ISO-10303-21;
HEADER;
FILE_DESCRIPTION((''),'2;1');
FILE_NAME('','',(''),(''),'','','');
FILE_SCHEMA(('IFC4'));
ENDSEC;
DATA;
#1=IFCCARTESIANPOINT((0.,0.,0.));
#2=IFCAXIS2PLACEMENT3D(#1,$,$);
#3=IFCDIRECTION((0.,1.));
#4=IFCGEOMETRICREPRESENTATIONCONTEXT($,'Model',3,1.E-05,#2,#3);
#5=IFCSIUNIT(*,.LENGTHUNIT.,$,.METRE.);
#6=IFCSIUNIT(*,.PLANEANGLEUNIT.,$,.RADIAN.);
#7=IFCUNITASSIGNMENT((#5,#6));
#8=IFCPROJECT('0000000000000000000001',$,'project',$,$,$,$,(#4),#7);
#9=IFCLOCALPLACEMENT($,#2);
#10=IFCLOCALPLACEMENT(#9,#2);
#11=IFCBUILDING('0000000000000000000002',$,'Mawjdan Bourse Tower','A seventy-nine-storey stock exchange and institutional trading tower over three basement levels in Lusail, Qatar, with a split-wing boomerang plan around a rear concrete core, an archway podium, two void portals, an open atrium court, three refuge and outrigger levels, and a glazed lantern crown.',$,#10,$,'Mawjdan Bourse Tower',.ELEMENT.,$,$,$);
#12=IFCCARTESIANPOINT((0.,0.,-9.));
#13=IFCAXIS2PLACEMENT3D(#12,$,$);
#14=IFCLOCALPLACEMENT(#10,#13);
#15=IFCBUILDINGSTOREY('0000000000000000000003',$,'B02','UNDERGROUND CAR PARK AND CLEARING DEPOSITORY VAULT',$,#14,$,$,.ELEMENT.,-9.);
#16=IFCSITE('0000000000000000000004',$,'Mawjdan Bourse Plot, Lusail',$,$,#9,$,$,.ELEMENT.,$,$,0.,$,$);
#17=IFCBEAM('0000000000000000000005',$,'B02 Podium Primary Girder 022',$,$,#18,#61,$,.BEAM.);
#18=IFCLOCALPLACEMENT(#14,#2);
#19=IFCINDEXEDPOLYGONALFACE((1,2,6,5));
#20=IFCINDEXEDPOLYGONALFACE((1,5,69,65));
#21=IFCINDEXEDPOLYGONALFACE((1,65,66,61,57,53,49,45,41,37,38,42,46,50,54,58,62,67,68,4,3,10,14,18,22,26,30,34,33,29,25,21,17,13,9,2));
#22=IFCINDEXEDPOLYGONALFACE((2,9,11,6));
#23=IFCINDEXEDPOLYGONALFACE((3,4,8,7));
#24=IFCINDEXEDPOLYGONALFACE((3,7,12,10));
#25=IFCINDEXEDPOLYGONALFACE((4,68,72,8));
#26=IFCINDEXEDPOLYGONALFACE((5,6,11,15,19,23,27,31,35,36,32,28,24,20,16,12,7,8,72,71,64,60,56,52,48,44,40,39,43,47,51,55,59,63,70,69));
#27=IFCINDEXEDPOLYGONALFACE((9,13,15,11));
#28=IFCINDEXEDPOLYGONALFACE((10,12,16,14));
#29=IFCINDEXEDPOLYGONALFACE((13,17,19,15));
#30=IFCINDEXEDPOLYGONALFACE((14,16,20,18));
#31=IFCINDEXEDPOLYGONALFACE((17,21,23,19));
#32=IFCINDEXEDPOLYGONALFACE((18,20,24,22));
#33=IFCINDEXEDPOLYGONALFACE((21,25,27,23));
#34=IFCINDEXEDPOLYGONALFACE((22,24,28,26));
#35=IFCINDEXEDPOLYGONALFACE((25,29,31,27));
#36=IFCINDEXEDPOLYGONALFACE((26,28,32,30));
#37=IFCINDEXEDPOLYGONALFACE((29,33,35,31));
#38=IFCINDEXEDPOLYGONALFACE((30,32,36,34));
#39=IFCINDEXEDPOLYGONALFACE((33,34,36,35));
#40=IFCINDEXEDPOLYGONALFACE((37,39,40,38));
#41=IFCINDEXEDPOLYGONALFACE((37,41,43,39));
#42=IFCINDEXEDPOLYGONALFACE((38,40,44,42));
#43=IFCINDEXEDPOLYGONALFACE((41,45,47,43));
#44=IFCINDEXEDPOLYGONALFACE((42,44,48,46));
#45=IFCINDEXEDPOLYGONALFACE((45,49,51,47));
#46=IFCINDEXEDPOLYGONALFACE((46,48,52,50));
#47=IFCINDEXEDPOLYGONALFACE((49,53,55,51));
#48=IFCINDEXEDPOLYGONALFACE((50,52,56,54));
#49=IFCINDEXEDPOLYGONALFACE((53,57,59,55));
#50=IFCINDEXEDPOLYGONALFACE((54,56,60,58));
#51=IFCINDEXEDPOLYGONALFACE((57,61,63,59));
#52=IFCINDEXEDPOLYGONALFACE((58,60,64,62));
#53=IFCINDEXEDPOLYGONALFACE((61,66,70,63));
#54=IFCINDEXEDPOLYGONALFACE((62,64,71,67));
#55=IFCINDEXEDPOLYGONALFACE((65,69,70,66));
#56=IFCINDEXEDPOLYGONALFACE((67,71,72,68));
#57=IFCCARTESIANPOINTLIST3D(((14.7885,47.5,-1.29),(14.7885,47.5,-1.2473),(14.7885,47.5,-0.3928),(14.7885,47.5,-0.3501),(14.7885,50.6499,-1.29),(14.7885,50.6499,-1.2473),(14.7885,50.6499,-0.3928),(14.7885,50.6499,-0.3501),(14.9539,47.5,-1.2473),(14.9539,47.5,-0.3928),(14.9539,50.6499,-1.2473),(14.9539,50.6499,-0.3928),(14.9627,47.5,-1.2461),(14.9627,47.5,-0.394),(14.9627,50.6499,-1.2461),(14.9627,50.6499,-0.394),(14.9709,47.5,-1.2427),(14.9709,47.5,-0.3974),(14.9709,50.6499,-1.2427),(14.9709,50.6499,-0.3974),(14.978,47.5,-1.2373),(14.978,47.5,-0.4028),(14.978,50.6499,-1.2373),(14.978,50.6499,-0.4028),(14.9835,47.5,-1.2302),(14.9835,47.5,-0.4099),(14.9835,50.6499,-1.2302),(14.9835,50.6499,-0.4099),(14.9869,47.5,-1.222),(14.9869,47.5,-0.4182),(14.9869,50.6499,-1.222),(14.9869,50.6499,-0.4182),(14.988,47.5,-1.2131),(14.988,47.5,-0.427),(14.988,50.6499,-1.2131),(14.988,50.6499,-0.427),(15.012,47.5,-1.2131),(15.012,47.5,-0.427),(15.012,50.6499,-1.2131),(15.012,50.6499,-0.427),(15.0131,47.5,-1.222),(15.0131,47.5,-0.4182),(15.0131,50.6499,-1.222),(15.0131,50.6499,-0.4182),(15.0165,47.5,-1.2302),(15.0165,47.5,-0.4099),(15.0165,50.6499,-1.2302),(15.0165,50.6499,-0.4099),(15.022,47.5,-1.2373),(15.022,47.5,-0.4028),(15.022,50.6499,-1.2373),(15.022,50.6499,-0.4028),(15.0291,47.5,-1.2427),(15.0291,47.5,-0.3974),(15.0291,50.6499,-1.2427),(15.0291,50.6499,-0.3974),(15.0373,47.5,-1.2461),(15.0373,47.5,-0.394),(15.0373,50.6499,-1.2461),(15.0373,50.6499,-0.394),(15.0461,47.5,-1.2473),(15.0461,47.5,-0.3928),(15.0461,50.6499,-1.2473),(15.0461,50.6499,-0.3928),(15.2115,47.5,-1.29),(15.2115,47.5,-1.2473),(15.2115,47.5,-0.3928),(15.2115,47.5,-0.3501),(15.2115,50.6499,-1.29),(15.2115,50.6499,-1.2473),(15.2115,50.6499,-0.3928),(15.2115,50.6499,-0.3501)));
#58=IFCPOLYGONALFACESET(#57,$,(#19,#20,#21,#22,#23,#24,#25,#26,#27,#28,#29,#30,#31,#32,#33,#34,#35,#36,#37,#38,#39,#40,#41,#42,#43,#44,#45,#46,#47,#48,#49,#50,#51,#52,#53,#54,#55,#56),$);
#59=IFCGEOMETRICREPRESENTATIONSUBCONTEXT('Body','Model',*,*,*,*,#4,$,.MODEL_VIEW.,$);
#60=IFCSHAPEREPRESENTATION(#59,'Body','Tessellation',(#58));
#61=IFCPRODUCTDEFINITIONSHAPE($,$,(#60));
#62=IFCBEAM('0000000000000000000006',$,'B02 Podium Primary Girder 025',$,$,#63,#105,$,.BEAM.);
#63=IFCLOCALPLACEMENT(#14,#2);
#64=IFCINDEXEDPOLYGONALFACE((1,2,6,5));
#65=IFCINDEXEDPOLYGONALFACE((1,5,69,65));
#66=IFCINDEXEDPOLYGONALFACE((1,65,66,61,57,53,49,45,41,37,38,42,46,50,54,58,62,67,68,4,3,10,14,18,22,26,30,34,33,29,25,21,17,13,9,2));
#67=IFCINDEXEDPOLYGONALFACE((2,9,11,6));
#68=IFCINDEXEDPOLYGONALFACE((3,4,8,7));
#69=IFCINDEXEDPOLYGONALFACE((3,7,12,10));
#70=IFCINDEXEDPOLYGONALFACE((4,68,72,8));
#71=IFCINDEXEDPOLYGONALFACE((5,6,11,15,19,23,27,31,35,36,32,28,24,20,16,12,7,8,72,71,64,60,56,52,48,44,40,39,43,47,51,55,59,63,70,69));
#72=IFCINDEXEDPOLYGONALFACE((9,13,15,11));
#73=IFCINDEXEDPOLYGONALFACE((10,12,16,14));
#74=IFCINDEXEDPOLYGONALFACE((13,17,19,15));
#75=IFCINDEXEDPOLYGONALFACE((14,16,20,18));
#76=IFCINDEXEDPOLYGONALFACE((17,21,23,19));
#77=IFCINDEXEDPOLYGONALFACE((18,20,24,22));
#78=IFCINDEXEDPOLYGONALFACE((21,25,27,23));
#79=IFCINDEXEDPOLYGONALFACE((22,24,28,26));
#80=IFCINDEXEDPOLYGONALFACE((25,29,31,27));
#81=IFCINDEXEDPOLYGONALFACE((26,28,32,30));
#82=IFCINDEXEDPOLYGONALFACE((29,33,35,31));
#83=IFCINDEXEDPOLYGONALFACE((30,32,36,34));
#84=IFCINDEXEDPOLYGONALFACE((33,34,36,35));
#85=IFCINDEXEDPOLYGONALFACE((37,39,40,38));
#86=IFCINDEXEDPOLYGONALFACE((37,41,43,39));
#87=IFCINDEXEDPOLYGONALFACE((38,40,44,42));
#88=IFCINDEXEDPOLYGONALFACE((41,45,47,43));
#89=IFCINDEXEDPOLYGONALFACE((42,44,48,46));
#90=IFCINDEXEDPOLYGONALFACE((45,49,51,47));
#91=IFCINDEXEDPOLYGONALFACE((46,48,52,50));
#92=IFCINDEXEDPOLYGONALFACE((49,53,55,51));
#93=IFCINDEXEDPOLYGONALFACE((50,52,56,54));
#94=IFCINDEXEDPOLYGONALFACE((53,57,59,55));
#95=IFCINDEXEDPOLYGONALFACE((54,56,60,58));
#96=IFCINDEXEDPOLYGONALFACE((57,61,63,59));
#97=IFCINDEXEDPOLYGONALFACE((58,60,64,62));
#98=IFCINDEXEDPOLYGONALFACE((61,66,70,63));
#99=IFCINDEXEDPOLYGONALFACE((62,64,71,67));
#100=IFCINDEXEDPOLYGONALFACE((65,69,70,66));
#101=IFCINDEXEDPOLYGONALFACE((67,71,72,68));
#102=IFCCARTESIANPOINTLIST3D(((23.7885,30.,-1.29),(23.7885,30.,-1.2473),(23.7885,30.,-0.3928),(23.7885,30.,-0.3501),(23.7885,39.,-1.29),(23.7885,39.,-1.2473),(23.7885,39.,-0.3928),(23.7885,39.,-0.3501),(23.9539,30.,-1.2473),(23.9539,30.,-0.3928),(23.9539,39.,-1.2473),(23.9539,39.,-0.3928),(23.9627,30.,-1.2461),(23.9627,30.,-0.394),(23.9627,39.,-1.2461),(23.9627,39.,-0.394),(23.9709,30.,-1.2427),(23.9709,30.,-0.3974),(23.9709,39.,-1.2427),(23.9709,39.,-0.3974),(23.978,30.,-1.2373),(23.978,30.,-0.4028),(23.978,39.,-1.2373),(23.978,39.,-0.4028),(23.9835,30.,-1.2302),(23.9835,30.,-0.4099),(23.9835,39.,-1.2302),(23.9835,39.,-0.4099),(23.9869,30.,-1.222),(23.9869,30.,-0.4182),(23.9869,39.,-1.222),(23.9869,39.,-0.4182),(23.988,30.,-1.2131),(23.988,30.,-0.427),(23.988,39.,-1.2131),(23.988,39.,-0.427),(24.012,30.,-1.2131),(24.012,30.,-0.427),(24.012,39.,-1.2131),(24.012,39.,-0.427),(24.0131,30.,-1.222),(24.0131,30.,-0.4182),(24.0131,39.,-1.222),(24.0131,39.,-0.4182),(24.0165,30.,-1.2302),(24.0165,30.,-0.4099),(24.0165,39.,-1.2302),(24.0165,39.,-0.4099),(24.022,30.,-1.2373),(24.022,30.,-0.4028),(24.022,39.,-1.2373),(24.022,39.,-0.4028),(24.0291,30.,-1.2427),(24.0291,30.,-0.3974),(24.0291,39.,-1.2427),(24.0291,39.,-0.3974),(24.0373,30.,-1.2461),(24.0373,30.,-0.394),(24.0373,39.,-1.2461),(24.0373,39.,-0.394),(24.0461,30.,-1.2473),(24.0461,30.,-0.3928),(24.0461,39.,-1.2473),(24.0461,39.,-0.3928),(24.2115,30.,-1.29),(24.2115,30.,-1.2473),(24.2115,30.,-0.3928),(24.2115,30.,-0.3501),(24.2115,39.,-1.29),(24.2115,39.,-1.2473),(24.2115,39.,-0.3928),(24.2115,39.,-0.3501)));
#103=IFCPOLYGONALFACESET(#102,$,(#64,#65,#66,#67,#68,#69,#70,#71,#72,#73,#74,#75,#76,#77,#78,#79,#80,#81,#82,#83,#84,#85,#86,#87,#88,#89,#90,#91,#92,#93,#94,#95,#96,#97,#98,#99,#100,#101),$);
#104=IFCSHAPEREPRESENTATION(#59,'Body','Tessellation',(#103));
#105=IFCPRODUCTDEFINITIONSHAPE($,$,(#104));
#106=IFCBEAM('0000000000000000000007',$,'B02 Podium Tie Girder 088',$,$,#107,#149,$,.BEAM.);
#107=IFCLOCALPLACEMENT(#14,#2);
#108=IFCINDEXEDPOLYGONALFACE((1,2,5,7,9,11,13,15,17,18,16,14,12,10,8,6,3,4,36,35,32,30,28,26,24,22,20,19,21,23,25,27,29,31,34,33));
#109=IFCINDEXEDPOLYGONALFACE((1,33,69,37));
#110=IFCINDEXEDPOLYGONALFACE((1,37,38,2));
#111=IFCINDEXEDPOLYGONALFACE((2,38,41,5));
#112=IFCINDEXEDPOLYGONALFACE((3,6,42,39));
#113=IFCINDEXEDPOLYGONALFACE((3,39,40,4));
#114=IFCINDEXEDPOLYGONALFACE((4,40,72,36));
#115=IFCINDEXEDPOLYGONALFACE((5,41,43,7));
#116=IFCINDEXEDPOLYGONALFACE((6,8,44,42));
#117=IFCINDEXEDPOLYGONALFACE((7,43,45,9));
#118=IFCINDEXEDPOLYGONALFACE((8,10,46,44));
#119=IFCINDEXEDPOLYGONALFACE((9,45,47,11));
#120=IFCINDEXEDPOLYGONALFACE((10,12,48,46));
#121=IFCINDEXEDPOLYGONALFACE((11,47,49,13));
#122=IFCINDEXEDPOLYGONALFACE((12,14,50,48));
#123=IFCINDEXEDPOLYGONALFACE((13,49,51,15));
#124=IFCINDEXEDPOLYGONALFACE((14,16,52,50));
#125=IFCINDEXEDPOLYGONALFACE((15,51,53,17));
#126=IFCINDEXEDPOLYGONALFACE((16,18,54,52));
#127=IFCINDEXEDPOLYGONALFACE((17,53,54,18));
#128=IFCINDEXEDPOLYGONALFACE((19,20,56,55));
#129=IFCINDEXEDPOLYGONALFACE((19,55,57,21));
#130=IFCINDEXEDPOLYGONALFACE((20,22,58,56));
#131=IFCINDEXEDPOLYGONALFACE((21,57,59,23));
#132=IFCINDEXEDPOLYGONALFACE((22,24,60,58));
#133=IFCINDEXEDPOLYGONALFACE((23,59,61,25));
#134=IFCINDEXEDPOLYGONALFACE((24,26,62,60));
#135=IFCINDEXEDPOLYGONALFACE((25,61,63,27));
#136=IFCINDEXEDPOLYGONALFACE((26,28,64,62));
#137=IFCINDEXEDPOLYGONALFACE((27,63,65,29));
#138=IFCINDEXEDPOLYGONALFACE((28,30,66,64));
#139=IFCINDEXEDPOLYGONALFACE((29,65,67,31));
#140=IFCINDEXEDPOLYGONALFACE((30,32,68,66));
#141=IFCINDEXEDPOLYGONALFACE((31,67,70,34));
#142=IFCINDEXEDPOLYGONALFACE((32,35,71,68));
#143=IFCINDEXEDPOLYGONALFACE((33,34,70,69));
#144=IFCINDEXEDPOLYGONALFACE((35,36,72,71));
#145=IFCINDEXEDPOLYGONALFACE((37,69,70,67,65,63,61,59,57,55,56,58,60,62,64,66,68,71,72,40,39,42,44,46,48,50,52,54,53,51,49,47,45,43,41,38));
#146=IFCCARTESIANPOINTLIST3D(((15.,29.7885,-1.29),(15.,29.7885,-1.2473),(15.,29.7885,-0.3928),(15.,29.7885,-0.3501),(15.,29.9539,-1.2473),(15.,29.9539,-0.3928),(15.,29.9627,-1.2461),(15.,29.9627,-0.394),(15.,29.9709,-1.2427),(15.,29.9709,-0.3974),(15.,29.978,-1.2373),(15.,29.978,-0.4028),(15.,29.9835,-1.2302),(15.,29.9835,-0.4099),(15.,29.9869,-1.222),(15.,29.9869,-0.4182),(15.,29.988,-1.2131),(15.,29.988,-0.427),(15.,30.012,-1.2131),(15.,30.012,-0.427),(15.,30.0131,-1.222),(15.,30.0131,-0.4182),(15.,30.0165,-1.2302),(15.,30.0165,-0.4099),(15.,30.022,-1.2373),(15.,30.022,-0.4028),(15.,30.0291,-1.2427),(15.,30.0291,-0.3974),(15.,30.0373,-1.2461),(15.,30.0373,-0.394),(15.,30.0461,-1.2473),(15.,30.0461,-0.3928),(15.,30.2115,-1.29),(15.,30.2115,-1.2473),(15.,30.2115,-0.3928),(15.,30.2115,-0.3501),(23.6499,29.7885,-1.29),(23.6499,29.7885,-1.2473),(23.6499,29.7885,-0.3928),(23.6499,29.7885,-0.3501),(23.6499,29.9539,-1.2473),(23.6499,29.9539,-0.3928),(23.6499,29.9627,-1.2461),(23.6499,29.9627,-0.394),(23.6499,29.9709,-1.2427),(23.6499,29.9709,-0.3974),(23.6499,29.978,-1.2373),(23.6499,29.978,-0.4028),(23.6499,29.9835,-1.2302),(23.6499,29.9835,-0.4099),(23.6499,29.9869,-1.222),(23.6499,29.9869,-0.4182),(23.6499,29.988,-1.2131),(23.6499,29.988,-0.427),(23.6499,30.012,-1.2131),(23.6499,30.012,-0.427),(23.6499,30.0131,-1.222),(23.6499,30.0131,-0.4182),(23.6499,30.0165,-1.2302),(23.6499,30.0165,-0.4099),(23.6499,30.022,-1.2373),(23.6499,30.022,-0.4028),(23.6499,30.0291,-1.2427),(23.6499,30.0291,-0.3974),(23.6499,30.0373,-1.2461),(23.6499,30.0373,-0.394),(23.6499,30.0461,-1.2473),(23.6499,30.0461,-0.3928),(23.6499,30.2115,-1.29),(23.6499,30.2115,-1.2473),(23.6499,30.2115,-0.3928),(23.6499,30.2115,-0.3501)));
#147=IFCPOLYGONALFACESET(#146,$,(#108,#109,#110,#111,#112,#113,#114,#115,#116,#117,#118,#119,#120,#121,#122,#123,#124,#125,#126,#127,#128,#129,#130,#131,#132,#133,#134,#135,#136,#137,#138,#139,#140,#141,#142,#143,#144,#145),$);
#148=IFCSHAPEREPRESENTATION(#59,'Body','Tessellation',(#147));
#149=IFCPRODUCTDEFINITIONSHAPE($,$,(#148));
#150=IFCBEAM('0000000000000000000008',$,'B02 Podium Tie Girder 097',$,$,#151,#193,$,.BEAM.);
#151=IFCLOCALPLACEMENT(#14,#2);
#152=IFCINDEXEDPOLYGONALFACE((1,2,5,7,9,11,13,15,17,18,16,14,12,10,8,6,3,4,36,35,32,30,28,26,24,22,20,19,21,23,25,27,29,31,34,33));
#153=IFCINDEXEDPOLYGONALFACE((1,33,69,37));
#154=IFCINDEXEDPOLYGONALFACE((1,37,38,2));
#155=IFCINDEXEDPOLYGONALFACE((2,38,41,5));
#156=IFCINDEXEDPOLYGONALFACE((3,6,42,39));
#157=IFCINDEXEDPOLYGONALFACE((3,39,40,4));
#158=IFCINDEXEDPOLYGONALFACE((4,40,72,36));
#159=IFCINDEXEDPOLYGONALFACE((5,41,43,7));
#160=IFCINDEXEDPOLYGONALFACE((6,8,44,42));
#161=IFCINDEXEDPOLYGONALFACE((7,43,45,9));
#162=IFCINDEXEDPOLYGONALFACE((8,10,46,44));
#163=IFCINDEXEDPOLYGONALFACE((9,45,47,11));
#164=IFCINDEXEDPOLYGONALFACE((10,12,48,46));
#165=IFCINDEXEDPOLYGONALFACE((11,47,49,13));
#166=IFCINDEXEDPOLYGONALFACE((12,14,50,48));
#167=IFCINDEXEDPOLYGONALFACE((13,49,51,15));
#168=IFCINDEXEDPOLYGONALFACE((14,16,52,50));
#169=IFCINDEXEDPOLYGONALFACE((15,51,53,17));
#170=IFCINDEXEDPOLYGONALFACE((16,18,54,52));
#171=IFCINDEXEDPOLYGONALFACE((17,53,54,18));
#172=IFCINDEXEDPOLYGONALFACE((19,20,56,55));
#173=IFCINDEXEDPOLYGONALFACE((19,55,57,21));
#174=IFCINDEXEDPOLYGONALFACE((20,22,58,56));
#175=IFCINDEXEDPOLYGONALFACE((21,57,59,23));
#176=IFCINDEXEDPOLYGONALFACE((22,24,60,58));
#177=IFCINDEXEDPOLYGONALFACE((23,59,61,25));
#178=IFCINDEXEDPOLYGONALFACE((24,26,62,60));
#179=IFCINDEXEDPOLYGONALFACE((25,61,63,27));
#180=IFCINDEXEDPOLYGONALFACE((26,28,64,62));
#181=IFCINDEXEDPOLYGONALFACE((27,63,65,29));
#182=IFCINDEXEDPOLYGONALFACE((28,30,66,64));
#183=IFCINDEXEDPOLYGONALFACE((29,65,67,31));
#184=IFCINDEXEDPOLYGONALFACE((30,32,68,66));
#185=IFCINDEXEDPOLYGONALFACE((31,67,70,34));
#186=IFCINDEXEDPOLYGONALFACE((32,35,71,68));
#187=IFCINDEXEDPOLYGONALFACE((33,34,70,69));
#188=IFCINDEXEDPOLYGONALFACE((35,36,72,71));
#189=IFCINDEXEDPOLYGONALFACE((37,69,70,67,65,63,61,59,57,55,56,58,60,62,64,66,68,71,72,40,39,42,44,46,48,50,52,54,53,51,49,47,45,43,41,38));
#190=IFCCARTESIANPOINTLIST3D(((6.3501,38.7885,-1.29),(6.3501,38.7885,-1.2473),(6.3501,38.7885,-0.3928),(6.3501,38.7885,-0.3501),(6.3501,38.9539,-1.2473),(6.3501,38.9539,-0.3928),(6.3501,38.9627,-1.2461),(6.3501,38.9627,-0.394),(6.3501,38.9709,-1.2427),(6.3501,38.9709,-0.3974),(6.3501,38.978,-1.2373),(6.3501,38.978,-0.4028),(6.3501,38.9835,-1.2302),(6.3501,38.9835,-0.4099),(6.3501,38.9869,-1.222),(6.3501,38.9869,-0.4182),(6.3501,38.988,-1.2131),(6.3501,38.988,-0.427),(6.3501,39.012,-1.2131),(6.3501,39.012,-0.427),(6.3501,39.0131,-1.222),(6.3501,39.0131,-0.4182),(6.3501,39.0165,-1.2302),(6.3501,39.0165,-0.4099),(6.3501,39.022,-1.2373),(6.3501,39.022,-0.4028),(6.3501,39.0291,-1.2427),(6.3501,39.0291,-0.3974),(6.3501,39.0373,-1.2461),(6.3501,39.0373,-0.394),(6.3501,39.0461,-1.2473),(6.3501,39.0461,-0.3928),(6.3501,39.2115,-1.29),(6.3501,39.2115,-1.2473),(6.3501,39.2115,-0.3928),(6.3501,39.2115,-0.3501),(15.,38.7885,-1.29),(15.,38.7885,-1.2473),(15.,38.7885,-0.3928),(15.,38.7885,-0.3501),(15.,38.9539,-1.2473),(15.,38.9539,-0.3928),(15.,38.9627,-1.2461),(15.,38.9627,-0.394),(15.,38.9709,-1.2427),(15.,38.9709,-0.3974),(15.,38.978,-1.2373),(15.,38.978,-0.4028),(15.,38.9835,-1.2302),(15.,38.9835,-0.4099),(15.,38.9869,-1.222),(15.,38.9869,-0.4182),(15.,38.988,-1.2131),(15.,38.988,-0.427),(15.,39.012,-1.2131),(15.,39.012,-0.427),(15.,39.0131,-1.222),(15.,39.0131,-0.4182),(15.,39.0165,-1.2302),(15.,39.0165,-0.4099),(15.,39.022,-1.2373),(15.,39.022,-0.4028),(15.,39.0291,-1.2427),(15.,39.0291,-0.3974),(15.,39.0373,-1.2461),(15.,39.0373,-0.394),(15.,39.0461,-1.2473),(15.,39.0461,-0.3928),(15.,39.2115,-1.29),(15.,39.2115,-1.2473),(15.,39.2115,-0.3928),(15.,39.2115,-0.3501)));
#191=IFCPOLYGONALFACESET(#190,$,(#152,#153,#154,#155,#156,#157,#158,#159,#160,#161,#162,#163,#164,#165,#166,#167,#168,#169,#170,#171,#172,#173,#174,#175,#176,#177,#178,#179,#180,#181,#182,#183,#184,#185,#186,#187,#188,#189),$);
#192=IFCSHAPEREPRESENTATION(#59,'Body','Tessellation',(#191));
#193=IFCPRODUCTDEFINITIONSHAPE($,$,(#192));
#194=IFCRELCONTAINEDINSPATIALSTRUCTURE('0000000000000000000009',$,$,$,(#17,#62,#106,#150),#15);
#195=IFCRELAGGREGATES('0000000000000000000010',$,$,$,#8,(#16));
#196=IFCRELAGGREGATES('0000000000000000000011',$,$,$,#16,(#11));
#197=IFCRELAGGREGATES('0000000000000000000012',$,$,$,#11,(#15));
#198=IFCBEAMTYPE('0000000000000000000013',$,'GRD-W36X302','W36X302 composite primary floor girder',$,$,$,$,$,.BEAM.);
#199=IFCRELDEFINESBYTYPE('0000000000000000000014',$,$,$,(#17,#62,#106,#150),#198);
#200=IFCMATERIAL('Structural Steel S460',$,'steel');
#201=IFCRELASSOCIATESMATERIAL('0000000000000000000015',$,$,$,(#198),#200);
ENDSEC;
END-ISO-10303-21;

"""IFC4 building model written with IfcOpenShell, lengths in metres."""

from ifc_helpers import new_model, si_unit, direction, frame, origin, origin_2d, place, context, subcontext, project, spatial, i_section, extrude, material, material_profile, profile_set, type_object, element, save


model = new_model("IFC4")

# Units and contexts
model_context = context("Model", 3, precision=1e-05, world=origin(), true_north=direction((0.0, 1.0)))
body_context = subcontext(model_context, "Body", "Model", "MODEL_VIEW")
ifc_project = project(units=[si_unit("LENGTHUNIT", "METRE"), si_unit("PLANEANGLEUNIT", "RADIAN")], contexts=[model_context])

# Site, building, storey
site_placement = place(None, origin())
site = spatial("IfcSite", under=ifc_project, at=site_placement, Name="Mawjdan Bourse Plot, Lusail", CompositionType="ELEMENT", RefElevation=0.0)
building_placement = place(site_placement, origin())
building = spatial("IfcBuilding", under=site, at=building_placement, Name="Mawjdan Bourse Tower", Description="A seventy-nine-storey stock exchange and institutional trading tower over three basement levels in Lusail, Qatar, with a split-wing boomerang plan around a rear concrete core, an archway podium, two void portals, an open atrium court, three refuge and outrigger levels, and a glazed lantern crown.", LongName="Mawjdan Bourse Tower", CompositionType="ELEMENT")
storey_placement = place(building_placement, frame((0.0, 0.0, -9.0)))
storey = spatial("IfcBuildingStorey", under=building, at=storey_placement, Name="B02", Description="UNDERGROUND CAR PARK AND CLEARING DEPOSITORY VAULT", CompositionType="ELEMENT", Elevation=-9.0)

# Beams
ifc_material_1 = material(Name="Structural Steel S460", Category="steel")
ifc_material_profile_1 = material_profile(ifc_material_1, i_section(OverallWidth=0.4231, OverallDepth=0.9399, WebThickness=0.0239, FlangeThickness=0.0427, FilletRadius=0.0342, at=origin_2d()), Name="W36X302")
ifc_profile_set_1 = profile_set([ifc_material_profile_1], Name="Structural Steel S460")
beam_type_1 = type_object("IfcBeamType", Name="GRD-W36X302", Description="W36X302 composite primary floor girder", PredefinedType="BEAM", material=ifc_profile_set_1)
beam_1_placement = place(storey_placement, frame((15.0, 47.5, -0.8201), z_axis=(0.0, 1.0, 0.0), x_axis=(-1.0, 0.0, 0.0)))
element("IfcBeam", 1, at=beam_1_placement, inside=storey, type_object=beam_type_1, Name="B02 Podium Primary Girder 022", PredefinedType="BEAM", context=body_context, shape_type="SweptSolid", body=[
    extrude(i_section(OverallWidth=0.4231, OverallDepth=0.9399, WebThickness=0.0239, FlangeThickness=0.0427, FilletRadius=0.0342, at=origin_2d()), origin(), (0.0, 0.0, 1.0), 3.1499),
])
beam_2_placement = place(storey_placement, frame((24.0, 30.0, -0.8201), z_axis=(0.0, 1.0, 0.0), x_axis=(-1.0, 0.0, 0.0)))
element("IfcBeam", 2, at=beam_2_placement, inside=storey, type_object=beam_type_1, Name="B02 Podium Primary Girder 025", PredefinedType="BEAM", context=body_context, shape_type="SweptSolid", body=[
    extrude(i_section(OverallWidth=0.4231, OverallDepth=0.9399, WebThickness=0.0239, FlangeThickness=0.0427, FilletRadius=0.0342, at=origin_2d()), origin(), (0.0, 0.0, 1.0), 9.0),
])
for number, where, z_axis, x_axis, name in (
    (3, (15.0, 30.0, -0.8201), (1.0, 0.0, 0.0), (0.0, 1.0, 0.0), "B02 Podium Tie Girder 088"),
    (4, (6.3501, 39.0, -0.8201), (1.0, 0.0, 0.0), (0.0, 1.0, 0.0), "B02 Podium Tie Girder 097"),
):
    element("IfcBeam", number, at=place(storey_placement, frame(where, z_axis=z_axis, x_axis=x_axis)), inside=storey, type_object=beam_type_1, Name=name, PredefinedType="BEAM", context=body_context, shape_type="SweptSolid", body=[
        extrude(i_section(OverallWidth=0.4231, OverallDepth=0.9399, WebThickness=0.0239, FlangeThickness=0.0427, FilletRadius=0.0342, at=origin_2d()), origin(), (0.0, 0.0, 1.0), 8.6499),
    ])

save(model, "model.ifc")
